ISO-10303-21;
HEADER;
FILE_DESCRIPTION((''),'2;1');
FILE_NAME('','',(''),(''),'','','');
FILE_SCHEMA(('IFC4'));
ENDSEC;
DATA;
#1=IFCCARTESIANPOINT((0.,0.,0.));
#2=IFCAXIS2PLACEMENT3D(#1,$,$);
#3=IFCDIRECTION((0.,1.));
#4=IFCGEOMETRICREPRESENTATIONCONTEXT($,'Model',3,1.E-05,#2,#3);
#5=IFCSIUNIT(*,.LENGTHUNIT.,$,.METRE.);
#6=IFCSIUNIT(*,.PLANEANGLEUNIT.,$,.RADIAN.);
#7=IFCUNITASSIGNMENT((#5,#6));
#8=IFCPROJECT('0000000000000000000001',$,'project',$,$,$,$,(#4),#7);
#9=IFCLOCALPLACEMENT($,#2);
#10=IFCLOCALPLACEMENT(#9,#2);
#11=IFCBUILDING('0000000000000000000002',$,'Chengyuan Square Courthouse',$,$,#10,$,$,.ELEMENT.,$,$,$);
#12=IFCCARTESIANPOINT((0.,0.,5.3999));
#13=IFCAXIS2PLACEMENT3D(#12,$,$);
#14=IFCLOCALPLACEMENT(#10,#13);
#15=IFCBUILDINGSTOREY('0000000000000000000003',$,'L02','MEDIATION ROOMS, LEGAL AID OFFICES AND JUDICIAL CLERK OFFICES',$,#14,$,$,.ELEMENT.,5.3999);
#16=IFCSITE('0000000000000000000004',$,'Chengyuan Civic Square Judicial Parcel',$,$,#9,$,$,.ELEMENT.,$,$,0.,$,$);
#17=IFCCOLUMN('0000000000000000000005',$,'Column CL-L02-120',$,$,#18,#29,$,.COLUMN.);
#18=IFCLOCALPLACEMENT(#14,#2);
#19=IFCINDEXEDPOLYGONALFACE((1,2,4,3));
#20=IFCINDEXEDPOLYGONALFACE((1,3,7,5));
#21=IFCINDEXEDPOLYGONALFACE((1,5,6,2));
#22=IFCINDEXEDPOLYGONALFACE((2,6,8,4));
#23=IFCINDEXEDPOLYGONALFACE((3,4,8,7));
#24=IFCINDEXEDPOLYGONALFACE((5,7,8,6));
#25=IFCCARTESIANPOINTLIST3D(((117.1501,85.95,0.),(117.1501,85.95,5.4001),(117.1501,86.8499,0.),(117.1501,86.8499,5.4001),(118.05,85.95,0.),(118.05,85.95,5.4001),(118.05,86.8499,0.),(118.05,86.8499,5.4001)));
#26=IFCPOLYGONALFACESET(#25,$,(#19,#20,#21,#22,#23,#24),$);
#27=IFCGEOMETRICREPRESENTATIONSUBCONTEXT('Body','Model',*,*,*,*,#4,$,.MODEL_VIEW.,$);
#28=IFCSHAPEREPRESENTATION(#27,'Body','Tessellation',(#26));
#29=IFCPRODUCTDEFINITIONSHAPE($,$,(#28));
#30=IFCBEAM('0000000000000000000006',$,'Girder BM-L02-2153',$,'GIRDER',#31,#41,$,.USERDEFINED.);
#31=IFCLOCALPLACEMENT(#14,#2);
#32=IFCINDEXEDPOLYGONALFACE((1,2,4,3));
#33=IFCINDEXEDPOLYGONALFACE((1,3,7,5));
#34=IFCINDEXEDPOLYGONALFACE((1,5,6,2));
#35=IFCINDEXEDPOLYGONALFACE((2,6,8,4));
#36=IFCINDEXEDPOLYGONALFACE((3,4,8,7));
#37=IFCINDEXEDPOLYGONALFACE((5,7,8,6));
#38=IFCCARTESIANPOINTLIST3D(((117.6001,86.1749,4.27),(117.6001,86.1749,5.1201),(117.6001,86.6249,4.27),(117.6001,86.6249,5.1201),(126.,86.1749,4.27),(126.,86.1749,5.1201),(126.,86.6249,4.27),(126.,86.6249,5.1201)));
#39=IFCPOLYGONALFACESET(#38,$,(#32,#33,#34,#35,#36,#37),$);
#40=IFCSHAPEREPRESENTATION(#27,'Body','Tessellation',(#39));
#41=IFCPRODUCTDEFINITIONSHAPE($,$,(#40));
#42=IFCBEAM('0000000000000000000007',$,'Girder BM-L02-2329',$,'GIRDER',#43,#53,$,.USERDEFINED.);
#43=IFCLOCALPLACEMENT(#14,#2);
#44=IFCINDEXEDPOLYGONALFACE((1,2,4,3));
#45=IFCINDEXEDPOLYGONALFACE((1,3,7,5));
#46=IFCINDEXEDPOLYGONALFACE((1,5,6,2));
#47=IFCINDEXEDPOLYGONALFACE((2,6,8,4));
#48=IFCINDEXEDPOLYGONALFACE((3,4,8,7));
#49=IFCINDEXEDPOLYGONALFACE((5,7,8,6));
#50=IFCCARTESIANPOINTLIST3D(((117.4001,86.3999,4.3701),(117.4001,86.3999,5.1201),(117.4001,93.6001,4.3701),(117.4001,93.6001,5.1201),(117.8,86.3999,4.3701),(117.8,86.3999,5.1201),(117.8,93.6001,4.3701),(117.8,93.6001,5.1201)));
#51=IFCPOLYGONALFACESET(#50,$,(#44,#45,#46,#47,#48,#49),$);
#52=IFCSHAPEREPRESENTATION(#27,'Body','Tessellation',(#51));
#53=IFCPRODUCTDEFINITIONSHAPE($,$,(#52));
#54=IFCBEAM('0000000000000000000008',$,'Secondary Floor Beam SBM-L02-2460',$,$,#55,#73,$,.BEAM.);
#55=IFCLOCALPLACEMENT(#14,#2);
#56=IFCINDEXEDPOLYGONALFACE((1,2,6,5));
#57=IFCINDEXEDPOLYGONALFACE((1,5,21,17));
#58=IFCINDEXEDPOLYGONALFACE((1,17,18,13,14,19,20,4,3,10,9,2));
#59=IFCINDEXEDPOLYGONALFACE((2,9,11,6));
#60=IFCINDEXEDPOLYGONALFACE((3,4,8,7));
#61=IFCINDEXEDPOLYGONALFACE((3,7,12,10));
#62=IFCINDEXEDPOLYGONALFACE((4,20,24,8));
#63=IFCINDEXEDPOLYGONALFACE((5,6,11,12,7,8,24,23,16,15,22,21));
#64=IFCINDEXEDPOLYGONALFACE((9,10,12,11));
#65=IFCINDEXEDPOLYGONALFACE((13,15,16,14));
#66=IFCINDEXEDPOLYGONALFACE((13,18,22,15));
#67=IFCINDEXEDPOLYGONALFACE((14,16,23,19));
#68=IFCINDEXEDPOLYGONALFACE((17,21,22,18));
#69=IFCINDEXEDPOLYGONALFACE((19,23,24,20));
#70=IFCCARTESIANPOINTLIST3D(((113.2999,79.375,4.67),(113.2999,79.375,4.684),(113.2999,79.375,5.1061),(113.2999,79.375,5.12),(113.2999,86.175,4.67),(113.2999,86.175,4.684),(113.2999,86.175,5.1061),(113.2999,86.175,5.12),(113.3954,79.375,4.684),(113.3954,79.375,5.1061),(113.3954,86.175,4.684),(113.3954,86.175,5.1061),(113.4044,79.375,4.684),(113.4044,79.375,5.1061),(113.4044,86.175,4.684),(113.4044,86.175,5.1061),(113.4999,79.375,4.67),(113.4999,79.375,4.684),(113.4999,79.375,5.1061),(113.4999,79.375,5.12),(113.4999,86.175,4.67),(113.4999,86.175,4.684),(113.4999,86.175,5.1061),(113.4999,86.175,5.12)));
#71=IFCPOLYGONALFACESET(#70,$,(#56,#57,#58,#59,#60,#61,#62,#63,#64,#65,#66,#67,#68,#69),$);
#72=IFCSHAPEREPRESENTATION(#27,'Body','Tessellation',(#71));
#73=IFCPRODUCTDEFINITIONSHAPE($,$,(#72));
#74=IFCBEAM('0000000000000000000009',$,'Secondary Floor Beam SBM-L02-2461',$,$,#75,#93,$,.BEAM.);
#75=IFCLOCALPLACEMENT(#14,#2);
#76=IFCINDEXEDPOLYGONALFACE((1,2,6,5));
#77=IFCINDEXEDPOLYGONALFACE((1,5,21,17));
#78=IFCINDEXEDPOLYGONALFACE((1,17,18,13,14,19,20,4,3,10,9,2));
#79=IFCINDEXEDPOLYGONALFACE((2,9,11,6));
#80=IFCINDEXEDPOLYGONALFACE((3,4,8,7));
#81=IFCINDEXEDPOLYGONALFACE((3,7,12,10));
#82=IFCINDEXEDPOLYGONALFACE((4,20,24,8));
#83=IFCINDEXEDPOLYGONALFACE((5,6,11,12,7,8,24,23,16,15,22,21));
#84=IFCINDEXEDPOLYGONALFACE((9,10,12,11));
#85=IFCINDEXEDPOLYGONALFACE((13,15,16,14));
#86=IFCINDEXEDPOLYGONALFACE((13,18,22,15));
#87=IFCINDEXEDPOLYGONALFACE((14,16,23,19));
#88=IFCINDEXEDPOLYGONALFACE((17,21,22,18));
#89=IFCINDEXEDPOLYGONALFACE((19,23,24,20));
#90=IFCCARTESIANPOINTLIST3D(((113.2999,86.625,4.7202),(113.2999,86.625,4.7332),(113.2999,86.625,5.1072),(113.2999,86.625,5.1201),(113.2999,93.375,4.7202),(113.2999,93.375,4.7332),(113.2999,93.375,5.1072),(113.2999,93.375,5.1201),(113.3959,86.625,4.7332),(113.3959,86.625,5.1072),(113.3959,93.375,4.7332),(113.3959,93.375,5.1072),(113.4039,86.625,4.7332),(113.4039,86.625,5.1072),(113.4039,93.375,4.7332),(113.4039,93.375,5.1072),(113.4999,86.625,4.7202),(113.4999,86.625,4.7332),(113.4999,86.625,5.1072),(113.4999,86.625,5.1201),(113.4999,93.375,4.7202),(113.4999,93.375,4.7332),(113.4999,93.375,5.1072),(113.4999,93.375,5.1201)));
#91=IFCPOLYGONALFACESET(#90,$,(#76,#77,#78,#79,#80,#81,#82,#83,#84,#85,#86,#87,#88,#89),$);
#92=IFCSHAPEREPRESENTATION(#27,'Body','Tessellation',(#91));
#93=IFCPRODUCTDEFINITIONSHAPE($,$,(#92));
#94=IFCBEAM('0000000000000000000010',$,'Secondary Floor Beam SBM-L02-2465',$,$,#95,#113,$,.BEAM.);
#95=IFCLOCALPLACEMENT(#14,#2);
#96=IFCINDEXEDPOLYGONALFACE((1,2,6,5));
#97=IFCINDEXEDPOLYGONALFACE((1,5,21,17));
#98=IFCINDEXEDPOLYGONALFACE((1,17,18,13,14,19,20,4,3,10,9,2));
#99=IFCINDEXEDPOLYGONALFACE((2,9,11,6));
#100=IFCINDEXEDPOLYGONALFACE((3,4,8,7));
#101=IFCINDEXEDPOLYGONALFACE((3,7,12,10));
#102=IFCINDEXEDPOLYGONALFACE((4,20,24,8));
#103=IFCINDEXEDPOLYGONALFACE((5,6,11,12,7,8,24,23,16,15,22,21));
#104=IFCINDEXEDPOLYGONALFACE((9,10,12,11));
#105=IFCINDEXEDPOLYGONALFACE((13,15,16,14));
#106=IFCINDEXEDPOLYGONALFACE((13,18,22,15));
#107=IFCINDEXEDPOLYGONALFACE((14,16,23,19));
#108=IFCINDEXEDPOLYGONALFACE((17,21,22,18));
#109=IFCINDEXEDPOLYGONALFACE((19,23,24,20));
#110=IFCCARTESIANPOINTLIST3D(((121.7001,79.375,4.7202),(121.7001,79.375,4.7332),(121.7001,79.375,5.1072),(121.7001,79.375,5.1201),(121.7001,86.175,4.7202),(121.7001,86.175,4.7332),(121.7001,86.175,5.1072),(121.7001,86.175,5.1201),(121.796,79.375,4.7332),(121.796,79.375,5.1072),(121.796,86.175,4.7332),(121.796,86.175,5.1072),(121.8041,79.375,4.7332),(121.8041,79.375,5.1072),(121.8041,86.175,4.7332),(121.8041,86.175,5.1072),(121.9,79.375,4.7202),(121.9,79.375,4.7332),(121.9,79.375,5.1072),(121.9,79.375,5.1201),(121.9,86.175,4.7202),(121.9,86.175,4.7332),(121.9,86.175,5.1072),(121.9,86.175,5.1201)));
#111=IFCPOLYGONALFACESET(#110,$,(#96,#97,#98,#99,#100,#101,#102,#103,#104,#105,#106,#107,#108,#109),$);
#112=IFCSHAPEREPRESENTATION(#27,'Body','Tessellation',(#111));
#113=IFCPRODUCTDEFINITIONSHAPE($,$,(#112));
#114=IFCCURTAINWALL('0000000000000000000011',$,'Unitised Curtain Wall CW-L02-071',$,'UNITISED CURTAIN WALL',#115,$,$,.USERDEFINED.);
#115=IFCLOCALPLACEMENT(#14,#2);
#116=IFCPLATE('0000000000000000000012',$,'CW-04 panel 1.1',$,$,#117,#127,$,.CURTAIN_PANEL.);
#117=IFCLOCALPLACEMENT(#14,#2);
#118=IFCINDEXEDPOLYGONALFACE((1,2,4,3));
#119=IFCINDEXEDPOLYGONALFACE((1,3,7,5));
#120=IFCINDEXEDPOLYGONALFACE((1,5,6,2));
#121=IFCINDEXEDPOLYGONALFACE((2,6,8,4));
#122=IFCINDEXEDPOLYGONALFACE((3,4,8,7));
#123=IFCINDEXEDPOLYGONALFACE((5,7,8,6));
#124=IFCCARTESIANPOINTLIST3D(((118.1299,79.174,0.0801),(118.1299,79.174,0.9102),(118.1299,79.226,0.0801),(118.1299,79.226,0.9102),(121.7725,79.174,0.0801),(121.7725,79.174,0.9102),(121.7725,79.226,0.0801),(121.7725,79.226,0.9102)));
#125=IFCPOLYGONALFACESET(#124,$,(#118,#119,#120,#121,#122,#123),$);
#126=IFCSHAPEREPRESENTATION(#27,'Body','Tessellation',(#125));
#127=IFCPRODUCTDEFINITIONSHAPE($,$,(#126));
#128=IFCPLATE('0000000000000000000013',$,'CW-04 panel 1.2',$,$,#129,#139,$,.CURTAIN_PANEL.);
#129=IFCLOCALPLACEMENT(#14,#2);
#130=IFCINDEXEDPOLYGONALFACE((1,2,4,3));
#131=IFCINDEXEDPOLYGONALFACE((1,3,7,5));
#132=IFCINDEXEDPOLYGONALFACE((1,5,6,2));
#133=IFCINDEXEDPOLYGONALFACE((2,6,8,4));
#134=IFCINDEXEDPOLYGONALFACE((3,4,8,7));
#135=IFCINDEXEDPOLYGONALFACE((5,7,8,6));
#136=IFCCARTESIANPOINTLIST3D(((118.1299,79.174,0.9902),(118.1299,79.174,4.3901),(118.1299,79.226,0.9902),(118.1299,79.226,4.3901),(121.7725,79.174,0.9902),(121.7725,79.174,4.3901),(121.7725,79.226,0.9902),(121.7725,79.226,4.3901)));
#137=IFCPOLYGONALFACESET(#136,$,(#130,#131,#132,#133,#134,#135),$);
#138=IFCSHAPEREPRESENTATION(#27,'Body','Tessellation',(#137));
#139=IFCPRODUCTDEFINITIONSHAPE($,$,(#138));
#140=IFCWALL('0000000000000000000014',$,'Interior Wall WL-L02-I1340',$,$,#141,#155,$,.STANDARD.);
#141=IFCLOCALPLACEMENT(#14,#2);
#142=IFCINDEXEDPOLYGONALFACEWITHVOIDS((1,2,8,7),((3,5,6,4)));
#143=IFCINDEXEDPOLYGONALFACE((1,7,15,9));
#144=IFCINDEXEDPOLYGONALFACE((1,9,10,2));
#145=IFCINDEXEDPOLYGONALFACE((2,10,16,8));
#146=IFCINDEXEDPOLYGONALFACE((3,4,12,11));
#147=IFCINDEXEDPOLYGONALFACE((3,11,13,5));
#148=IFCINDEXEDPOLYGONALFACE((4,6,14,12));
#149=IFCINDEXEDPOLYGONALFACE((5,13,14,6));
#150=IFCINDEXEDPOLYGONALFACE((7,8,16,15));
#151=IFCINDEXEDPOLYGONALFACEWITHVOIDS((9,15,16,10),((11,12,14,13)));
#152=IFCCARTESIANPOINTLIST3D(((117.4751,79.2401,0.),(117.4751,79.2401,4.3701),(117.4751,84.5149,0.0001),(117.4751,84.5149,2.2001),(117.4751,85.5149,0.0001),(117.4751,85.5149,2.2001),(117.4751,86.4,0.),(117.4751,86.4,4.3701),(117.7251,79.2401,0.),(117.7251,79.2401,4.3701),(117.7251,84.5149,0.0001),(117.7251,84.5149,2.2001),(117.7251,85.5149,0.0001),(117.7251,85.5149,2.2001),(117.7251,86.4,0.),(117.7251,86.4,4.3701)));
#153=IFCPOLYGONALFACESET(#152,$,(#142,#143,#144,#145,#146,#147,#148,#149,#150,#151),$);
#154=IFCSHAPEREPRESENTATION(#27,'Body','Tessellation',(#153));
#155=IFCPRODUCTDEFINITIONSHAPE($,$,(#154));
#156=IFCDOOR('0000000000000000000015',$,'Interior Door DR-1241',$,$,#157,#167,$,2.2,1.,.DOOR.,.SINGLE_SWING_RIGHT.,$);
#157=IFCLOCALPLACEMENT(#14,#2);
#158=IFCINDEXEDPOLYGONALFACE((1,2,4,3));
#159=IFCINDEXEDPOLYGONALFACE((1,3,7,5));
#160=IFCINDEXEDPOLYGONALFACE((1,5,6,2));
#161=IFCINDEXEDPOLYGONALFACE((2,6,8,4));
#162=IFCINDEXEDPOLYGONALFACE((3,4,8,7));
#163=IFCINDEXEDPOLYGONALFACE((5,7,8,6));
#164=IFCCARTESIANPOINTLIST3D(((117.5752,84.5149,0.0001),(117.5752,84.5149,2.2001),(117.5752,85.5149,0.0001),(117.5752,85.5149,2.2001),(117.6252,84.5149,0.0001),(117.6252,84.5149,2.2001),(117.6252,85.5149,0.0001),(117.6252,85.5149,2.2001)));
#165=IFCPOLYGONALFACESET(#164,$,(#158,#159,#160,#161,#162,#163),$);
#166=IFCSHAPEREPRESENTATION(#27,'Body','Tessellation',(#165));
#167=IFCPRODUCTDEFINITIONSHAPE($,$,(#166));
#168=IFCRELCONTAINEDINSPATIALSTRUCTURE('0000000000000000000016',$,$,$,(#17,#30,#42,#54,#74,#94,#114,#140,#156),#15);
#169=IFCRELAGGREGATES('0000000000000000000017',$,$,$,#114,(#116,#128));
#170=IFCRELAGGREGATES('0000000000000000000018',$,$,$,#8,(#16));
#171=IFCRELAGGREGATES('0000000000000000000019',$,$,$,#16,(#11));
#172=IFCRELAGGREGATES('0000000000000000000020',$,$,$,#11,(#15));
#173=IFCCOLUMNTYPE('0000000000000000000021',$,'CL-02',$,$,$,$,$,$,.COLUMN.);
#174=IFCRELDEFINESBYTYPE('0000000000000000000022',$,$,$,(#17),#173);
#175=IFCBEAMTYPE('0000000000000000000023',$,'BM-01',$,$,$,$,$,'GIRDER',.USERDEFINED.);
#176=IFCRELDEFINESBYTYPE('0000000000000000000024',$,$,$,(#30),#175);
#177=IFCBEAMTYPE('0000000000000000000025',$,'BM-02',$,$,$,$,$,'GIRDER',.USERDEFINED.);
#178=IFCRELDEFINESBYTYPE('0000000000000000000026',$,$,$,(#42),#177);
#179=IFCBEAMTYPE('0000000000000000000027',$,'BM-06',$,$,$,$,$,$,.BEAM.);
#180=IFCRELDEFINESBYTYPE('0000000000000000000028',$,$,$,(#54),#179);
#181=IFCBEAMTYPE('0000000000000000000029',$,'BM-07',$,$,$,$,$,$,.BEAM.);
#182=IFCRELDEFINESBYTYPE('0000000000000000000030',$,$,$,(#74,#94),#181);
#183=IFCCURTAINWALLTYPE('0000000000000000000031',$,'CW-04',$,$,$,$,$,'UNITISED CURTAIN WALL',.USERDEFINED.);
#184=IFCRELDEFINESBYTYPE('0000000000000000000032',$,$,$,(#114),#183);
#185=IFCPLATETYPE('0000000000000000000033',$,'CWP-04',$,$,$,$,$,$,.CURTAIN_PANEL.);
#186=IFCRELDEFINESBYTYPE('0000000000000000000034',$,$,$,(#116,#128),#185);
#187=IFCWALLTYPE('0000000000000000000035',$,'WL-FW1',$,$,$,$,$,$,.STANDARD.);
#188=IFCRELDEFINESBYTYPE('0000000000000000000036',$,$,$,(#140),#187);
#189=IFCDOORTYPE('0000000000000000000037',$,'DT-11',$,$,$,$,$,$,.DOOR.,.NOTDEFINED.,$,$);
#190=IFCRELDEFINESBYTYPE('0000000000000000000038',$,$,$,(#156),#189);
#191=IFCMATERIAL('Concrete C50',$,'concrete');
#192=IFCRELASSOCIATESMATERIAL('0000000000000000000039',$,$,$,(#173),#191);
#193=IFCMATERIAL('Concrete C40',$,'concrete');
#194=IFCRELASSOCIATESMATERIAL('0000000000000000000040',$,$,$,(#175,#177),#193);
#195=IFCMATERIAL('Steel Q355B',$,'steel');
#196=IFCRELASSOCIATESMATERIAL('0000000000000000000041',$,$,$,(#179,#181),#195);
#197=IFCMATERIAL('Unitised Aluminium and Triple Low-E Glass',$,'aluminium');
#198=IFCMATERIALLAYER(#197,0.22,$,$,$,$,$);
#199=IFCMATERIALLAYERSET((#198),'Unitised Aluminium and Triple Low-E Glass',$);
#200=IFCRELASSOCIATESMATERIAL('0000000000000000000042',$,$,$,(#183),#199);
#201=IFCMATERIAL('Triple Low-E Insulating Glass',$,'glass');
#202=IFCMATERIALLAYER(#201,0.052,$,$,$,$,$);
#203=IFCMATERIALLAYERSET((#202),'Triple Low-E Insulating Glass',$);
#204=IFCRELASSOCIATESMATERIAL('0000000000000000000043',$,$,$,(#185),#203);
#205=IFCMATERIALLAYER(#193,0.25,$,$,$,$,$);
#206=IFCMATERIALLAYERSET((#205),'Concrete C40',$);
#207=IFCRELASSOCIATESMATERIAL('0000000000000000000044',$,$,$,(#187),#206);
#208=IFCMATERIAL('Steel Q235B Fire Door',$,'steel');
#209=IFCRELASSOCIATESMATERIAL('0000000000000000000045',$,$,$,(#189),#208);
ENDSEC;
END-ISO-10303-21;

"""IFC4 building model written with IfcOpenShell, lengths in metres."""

from ifc_helpers import new_model, si_unit, direction, frame, frame_2d, origin, origin_2d, place, context, subcontext, project, spatial, rectangle, i_section, extrude, material, layer, layer_set, material_profile, profile_set, type_object, element, fill, aggregate, save


model = new_model("IFC4")

# Units and contexts
model_context = context("Model", 3, precision=1e-05, world=origin(), true_north=direction((0.0, 1.0)))
body_context = subcontext(model_context, "Body", "Model", "MODEL_VIEW")
ifc_project = project(units=[si_unit("LENGTHUNIT", "METRE"), si_unit("PLANEANGLEUNIT", "RADIAN")], contexts=[model_context])

# Site, building, storey
site_placement = place(None, origin())
site = spatial("IfcSite", under=ifc_project, at=site_placement, Name="Chengyuan Civic Square Judicial Parcel", CompositionType="ELEMENT", RefElevation=0.0)
building_placement = place(site_placement, origin())
building = spatial("IfcBuilding", under=site, at=building_placement, Name="Chengyuan Square Courthouse", CompositionType="ELEMENT")
storey_placement = place(building_placement, frame((0.0, 0.0, 5.3999)))
storey = spatial("IfcBuildingStorey", under=building, at=storey_placement, Name="L02", Description="MEDIATION ROOMS, LEGAL AID OFFICES AND JUDICIAL CLERK OFFICES", CompositionType="ELEMENT", Elevation=5.3999)

# Column
ifc_material_1 = material(Name="Concrete C50", Category="concrete")
ifc_material_profile_1 = material_profile(ifc_material_1, rectangle(XDim=0.8999, YDim=0.8999, at=origin_2d()), Name="RC-COL-900x900")
ifc_profile_set_1 = profile_set([ifc_material_profile_1], Name="Concrete C50")
column_type = type_object("IfcColumnType", Name="CL-02", PredefinedType="COLUMN", material=ifc_profile_set_1)
column_placement = place(storey_placement, frame((117.6001, 86.3999, 0.0), z_axis=(0.0, 0.0, 1.0), x_axis=(1.0, 0.0, 0.0)))
element("IfcColumn", 1, at=column_placement, inside=storey, type_object=column_type, Name="Column CL-L02-120", PredefinedType="COLUMN", context=body_context, shape_type="SweptSolid", body=[
    extrude(rectangle(XDim=0.8999, YDim=0.8999, at=origin_2d()), origin(), (0.0, 0.0, 1.0), 5.4001),
])

# Beams
ifc_material_2 = material(Name="Concrete C40", Category="concrete")
ifc_material_profile_2 = material_profile(ifc_material_2, rectangle(XDim=0.45, YDim=0.8501, at=origin_2d()), Name="RC-BM-450x850")
ifc_profile_set_2 = profile_set([ifc_material_profile_2], Name="Concrete C40")
beam_type_1 = type_object("IfcBeamType", Name="BM-01", ElementType="GIRDER", PredefinedType="USERDEFINED", material=ifc_profile_set_2)
beam_1_placement = place(storey_placement, frame((117.6001, 86.3999, 4.6951), z_axis=(1.0, 0.0, 0.0), x_axis=(0.0, 1.0, 0.0)))
element("IfcBeam", 2, at=beam_1_placement, inside=storey, type_object=beam_type_1, Name="Girder BM-L02-2153", ObjectType="GIRDER", PredefinedType="USERDEFINED", context=body_context, shape_type="SweptSolid", body=[
    extrude(rectangle(XDim=0.45, YDim=0.8501, at=origin_2d()), origin(), (0.0, 0.0, 1.0), 8.3999),
])
ifc_material_profile_3 = material_profile(ifc_material_2, rectangle(XDim=0.3999, YDim=0.75, at=origin_2d()), Name="RC-BM-400x750")
ifc_profile_set_3 = profile_set([ifc_material_profile_3], Name="Concrete C40")
beam_type_2 = type_object("IfcBeamType", Name="BM-02", ElementType="GIRDER", PredefinedType="USERDEFINED", material=ifc_profile_set_3)
beam_2_placement = place(storey_placement, frame((117.6001, 86.3999, 4.7451), z_axis=(0.0, 1.0, 0.0), x_axis=(-1.0, 0.0, 0.0)))
element("IfcBeam", 3, at=beam_2_placement, inside=storey, type_object=beam_type_2, Name="Girder BM-L02-2329", ObjectType="GIRDER", PredefinedType="USERDEFINED", context=body_context, shape_type="SweptSolid", body=[
    extrude(rectangle(XDim=0.3999, YDim=0.75, at=origin_2d()), origin(), (0.0, 0.0, 1.0), 7.2002),
])
ifc_material_3 = material(Name="Steel Q355B", Category="steel")
ifc_material_profile_4 = material_profile(ifc_material_3, i_section(OverallWidth=0.2, OverallDepth=0.45, WebThickness=0.009, FlangeThickness=0.0139, at=origin_2d()), Name="HN 450x200x9x14")
ifc_profile_set_4 = profile_set([ifc_material_profile_4], Name="Steel Q355B")
beam_type_3 = type_object("IfcBeamType", Name="BM-06", PredefinedType="BEAM", material=ifc_profile_set_4)
beam_3_placement = place(storey_placement, frame((113.3999, 79.375, 4.895), z_axis=(0.0, 1.0, 0.0), x_axis=(-1.0, 0.0, 0.0)))
element("IfcBeam", 4, at=beam_3_placement, inside=storey, type_object=beam_type_3, Name="Secondary Floor Beam SBM-L02-2460", PredefinedType="BEAM", context=body_context, shape_type="SweptSolid", body=[
    extrude(i_section(OverallWidth=0.2, OverallDepth=0.45, WebThickness=0.009, FlangeThickness=0.0139, at=origin_2d()), origin(), (0.0, 0.0, 1.0), 6.8),
])
ifc_material_profile_5 = material_profile(ifc_material_3, i_section(OverallWidth=0.2, OverallDepth=0.3999, WebThickness=0.0081, FlangeThickness=0.0129, at=origin_2d()), Name="HN 400x200x8x13")
ifc_profile_set_5 = profile_set([ifc_material_profile_5], Name="Steel Q355B")
beam_type_4 = type_object("IfcBeamType", Name="BM-07", PredefinedType="BEAM", material=ifc_profile_set_5)
beam_4_placement = place(storey_placement, frame((113.3999, 86.625, 4.9202), z_axis=(0.0, 1.0, 0.0), x_axis=(-1.0, 0.0, 0.0)))
element("IfcBeam", 5, at=beam_4_placement, inside=storey, type_object=beam_type_4, Name="Secondary Floor Beam SBM-L02-2461", PredefinedType="BEAM", context=body_context, shape_type="SweptSolid", body=[
    extrude(i_section(OverallWidth=0.2, OverallDepth=0.3999, WebThickness=0.0081, FlangeThickness=0.0129, at=origin_2d()), origin(), (0.0, 0.0, 1.0), 6.75),
])
beam_5_placement = place(storey_placement, frame((121.8, 79.375, 4.9202), z_axis=(0.0, 1.0, 0.0), x_axis=(-1.0, 0.0, 0.0)))
element("IfcBeam", 6, at=beam_5_placement, inside=storey, type_object=beam_type_4, Name="Secondary Floor Beam SBM-L02-2465", PredefinedType="BEAM", context=body_context, shape_type="SweptSolid", body=[
    extrude(i_section(OverallWidth=0.2, OverallDepth=0.3999, WebThickness=0.0081, FlangeThickness=0.0129, at=origin_2d()), origin(), (0.0, 0.0, 1.0), 6.8),
])

# Curtain wall, plates
ifc_material_4 = material(Name="Unitised Aluminium and Triple Low-E Glass", Category="aluminium")
ifc_layer_1 = layer(ifc_material_4, 0.22)
ifc_layer_set_1 = layer_set([ifc_layer_1], Name="Unitised Aluminium and Triple Low-E Glass")
curtain_wall_type = type_object("IfcCurtainWallType", Name="CW-04", ElementType="UNITISED CURTAIN WALL", PredefinedType="USERDEFINED", material=ifc_layer_set_1)
curtain_wall_placement = place(storey_placement, origin())
curtain_wall = element("IfcCurtainWall", 7, at=curtain_wall_placement, inside=storey, type_object=curtain_wall_type, Name="Unitised Curtain Wall CW-L02-071", ObjectType="UNITISED CURTAIN WALL", PredefinedType="USERDEFINED")
ifc_material_5 = material(Name="Triple Low-E Insulating Glass", Category="glass")
ifc_layer_2 = layer(ifc_material_5, 0.052)
ifc_layer_set_2 = layer_set([ifc_layer_2], Name="Triple Low-E Insulating Glass")
plate_type = type_object("IfcPlateType", Name="CWP-04", PredefinedType="CURTAIN_PANEL", material=ifc_layer_set_2)
plate_1_placement = place(storey_placement, frame((119.9512, 79.2, 0.0801), z_axis=(0.0, 0.0, 1.0), x_axis=(1.0, 0.0, 0.0)))
plate_1 = element("IfcPlate", 8, at=plate_1_placement, type_object=plate_type, Name="CW-04 panel 1.1", PredefinedType="CURTAIN_PANEL", context=body_context, shape_type="SweptSolid", body=[
    extrude(rectangle(XDim=3.6426, YDim=0.052, at=origin_2d()), origin(), (0.0, 0.0, 1.0), 0.8301),
])
plate_2_placement = place(storey_placement, frame((119.9512, 79.2, 0.9902), z_axis=(0.0, 0.0, 1.0), x_axis=(1.0, 0.0, 0.0)))
plate_2 = element("IfcPlate", 9, at=plate_2_placement, type_object=plate_type, Name="CW-04 panel 1.2", PredefinedType="CURTAIN_PANEL", context=body_context, shape_type="SweptSolid", body=[
    extrude(rectangle(XDim=3.6426, YDim=0.052, at=origin_2d()), origin(), (0.0, 0.0, 1.0), 3.3999),
])
aggregate(curtain_wall, [plate_1, plate_2])

# Wall, opening, door
ifc_layer_3 = layer(ifc_material_2, 0.25)
ifc_layer_set_3 = layer_set([ifc_layer_3], Name="Concrete C40")
wall_type_1 = type_object("IfcWallType", Name="WL-FW1", PredefinedType="STANDARD", material=ifc_layer_set_3)
wall_1_placement = place(storey_placement, frame((117.6001, 79.24, 0.0), z_axis=(0.0, 0.0, 1.0), x_axis=(0.0, 1.0, 0.0)))
wall_1 = element("IfcWall", 10, at=wall_1_placement, inside=storey, type_object=wall_type_1, Name="Interior Wall WL-L02-I1340", PredefinedType="STANDARD", context=body_context, shape_type="SweptSolid", body=[
    extrude(rectangle(XDim=7.1599, YDim=0.25, at=frame_2d((3.5801, 0.0))), origin(), (0.0, 0.0, 1.0), 4.3701),
])
opening_1_placement = place(wall_1_placement, frame((5.2749, 0.0, 0.0)))
opening_1 = element("IfcOpeningElement", 11, at=opening_1_placement, cuts=wall_1, PredefinedType="OPENING", context=body_context, shape_type="SweptSolid", body=[
    extrude(rectangle(XDim=1.0, YDim=2.2, at=frame_2d((0.5, 1.1001))), frame((0.0, 0.137, 0.0), z_axis=(0.0, -1.0, 0.0), x_axis=(1.0, 0.0, 0.0)), (0.0, 0.0, 1.0), 0.2739),
])
ifc_material_6 = material(Name="Steel Q235B Fire Door", Category="steel")
door_type_1 = type_object("IfcDoorType", Name="DT-11", OperationType="NOTDEFINED", PredefinedType="DOOR", material=ifc_material_6)
door_1_placement = place(opening_1_placement, origin())
door_1 = element("IfcDoor", 12, at=door_1_placement, inside=storey, type_object=door_type_1, Name="Interior Door DR-1241", OperationType="SINGLE_SWING_RIGHT", OverallHeight=2.2, OverallWidth=1.0, PredefinedType="DOOR", context=body_context, shape_type="SweptSolid", body=[
    extrude(rectangle(XDim=1.0, YDim=2.2, at=frame_2d((0.5, 1.1001))), frame((0.0, 0.0249, 0.0), z_axis=(0.0, -1.0, 0.0), x_axis=(1.0, 0.0, 0.0)), (0.0, 0.0, 1.0), 0.05),
])
fill(opening_1, door_1)

save(model, "model.ifc")
